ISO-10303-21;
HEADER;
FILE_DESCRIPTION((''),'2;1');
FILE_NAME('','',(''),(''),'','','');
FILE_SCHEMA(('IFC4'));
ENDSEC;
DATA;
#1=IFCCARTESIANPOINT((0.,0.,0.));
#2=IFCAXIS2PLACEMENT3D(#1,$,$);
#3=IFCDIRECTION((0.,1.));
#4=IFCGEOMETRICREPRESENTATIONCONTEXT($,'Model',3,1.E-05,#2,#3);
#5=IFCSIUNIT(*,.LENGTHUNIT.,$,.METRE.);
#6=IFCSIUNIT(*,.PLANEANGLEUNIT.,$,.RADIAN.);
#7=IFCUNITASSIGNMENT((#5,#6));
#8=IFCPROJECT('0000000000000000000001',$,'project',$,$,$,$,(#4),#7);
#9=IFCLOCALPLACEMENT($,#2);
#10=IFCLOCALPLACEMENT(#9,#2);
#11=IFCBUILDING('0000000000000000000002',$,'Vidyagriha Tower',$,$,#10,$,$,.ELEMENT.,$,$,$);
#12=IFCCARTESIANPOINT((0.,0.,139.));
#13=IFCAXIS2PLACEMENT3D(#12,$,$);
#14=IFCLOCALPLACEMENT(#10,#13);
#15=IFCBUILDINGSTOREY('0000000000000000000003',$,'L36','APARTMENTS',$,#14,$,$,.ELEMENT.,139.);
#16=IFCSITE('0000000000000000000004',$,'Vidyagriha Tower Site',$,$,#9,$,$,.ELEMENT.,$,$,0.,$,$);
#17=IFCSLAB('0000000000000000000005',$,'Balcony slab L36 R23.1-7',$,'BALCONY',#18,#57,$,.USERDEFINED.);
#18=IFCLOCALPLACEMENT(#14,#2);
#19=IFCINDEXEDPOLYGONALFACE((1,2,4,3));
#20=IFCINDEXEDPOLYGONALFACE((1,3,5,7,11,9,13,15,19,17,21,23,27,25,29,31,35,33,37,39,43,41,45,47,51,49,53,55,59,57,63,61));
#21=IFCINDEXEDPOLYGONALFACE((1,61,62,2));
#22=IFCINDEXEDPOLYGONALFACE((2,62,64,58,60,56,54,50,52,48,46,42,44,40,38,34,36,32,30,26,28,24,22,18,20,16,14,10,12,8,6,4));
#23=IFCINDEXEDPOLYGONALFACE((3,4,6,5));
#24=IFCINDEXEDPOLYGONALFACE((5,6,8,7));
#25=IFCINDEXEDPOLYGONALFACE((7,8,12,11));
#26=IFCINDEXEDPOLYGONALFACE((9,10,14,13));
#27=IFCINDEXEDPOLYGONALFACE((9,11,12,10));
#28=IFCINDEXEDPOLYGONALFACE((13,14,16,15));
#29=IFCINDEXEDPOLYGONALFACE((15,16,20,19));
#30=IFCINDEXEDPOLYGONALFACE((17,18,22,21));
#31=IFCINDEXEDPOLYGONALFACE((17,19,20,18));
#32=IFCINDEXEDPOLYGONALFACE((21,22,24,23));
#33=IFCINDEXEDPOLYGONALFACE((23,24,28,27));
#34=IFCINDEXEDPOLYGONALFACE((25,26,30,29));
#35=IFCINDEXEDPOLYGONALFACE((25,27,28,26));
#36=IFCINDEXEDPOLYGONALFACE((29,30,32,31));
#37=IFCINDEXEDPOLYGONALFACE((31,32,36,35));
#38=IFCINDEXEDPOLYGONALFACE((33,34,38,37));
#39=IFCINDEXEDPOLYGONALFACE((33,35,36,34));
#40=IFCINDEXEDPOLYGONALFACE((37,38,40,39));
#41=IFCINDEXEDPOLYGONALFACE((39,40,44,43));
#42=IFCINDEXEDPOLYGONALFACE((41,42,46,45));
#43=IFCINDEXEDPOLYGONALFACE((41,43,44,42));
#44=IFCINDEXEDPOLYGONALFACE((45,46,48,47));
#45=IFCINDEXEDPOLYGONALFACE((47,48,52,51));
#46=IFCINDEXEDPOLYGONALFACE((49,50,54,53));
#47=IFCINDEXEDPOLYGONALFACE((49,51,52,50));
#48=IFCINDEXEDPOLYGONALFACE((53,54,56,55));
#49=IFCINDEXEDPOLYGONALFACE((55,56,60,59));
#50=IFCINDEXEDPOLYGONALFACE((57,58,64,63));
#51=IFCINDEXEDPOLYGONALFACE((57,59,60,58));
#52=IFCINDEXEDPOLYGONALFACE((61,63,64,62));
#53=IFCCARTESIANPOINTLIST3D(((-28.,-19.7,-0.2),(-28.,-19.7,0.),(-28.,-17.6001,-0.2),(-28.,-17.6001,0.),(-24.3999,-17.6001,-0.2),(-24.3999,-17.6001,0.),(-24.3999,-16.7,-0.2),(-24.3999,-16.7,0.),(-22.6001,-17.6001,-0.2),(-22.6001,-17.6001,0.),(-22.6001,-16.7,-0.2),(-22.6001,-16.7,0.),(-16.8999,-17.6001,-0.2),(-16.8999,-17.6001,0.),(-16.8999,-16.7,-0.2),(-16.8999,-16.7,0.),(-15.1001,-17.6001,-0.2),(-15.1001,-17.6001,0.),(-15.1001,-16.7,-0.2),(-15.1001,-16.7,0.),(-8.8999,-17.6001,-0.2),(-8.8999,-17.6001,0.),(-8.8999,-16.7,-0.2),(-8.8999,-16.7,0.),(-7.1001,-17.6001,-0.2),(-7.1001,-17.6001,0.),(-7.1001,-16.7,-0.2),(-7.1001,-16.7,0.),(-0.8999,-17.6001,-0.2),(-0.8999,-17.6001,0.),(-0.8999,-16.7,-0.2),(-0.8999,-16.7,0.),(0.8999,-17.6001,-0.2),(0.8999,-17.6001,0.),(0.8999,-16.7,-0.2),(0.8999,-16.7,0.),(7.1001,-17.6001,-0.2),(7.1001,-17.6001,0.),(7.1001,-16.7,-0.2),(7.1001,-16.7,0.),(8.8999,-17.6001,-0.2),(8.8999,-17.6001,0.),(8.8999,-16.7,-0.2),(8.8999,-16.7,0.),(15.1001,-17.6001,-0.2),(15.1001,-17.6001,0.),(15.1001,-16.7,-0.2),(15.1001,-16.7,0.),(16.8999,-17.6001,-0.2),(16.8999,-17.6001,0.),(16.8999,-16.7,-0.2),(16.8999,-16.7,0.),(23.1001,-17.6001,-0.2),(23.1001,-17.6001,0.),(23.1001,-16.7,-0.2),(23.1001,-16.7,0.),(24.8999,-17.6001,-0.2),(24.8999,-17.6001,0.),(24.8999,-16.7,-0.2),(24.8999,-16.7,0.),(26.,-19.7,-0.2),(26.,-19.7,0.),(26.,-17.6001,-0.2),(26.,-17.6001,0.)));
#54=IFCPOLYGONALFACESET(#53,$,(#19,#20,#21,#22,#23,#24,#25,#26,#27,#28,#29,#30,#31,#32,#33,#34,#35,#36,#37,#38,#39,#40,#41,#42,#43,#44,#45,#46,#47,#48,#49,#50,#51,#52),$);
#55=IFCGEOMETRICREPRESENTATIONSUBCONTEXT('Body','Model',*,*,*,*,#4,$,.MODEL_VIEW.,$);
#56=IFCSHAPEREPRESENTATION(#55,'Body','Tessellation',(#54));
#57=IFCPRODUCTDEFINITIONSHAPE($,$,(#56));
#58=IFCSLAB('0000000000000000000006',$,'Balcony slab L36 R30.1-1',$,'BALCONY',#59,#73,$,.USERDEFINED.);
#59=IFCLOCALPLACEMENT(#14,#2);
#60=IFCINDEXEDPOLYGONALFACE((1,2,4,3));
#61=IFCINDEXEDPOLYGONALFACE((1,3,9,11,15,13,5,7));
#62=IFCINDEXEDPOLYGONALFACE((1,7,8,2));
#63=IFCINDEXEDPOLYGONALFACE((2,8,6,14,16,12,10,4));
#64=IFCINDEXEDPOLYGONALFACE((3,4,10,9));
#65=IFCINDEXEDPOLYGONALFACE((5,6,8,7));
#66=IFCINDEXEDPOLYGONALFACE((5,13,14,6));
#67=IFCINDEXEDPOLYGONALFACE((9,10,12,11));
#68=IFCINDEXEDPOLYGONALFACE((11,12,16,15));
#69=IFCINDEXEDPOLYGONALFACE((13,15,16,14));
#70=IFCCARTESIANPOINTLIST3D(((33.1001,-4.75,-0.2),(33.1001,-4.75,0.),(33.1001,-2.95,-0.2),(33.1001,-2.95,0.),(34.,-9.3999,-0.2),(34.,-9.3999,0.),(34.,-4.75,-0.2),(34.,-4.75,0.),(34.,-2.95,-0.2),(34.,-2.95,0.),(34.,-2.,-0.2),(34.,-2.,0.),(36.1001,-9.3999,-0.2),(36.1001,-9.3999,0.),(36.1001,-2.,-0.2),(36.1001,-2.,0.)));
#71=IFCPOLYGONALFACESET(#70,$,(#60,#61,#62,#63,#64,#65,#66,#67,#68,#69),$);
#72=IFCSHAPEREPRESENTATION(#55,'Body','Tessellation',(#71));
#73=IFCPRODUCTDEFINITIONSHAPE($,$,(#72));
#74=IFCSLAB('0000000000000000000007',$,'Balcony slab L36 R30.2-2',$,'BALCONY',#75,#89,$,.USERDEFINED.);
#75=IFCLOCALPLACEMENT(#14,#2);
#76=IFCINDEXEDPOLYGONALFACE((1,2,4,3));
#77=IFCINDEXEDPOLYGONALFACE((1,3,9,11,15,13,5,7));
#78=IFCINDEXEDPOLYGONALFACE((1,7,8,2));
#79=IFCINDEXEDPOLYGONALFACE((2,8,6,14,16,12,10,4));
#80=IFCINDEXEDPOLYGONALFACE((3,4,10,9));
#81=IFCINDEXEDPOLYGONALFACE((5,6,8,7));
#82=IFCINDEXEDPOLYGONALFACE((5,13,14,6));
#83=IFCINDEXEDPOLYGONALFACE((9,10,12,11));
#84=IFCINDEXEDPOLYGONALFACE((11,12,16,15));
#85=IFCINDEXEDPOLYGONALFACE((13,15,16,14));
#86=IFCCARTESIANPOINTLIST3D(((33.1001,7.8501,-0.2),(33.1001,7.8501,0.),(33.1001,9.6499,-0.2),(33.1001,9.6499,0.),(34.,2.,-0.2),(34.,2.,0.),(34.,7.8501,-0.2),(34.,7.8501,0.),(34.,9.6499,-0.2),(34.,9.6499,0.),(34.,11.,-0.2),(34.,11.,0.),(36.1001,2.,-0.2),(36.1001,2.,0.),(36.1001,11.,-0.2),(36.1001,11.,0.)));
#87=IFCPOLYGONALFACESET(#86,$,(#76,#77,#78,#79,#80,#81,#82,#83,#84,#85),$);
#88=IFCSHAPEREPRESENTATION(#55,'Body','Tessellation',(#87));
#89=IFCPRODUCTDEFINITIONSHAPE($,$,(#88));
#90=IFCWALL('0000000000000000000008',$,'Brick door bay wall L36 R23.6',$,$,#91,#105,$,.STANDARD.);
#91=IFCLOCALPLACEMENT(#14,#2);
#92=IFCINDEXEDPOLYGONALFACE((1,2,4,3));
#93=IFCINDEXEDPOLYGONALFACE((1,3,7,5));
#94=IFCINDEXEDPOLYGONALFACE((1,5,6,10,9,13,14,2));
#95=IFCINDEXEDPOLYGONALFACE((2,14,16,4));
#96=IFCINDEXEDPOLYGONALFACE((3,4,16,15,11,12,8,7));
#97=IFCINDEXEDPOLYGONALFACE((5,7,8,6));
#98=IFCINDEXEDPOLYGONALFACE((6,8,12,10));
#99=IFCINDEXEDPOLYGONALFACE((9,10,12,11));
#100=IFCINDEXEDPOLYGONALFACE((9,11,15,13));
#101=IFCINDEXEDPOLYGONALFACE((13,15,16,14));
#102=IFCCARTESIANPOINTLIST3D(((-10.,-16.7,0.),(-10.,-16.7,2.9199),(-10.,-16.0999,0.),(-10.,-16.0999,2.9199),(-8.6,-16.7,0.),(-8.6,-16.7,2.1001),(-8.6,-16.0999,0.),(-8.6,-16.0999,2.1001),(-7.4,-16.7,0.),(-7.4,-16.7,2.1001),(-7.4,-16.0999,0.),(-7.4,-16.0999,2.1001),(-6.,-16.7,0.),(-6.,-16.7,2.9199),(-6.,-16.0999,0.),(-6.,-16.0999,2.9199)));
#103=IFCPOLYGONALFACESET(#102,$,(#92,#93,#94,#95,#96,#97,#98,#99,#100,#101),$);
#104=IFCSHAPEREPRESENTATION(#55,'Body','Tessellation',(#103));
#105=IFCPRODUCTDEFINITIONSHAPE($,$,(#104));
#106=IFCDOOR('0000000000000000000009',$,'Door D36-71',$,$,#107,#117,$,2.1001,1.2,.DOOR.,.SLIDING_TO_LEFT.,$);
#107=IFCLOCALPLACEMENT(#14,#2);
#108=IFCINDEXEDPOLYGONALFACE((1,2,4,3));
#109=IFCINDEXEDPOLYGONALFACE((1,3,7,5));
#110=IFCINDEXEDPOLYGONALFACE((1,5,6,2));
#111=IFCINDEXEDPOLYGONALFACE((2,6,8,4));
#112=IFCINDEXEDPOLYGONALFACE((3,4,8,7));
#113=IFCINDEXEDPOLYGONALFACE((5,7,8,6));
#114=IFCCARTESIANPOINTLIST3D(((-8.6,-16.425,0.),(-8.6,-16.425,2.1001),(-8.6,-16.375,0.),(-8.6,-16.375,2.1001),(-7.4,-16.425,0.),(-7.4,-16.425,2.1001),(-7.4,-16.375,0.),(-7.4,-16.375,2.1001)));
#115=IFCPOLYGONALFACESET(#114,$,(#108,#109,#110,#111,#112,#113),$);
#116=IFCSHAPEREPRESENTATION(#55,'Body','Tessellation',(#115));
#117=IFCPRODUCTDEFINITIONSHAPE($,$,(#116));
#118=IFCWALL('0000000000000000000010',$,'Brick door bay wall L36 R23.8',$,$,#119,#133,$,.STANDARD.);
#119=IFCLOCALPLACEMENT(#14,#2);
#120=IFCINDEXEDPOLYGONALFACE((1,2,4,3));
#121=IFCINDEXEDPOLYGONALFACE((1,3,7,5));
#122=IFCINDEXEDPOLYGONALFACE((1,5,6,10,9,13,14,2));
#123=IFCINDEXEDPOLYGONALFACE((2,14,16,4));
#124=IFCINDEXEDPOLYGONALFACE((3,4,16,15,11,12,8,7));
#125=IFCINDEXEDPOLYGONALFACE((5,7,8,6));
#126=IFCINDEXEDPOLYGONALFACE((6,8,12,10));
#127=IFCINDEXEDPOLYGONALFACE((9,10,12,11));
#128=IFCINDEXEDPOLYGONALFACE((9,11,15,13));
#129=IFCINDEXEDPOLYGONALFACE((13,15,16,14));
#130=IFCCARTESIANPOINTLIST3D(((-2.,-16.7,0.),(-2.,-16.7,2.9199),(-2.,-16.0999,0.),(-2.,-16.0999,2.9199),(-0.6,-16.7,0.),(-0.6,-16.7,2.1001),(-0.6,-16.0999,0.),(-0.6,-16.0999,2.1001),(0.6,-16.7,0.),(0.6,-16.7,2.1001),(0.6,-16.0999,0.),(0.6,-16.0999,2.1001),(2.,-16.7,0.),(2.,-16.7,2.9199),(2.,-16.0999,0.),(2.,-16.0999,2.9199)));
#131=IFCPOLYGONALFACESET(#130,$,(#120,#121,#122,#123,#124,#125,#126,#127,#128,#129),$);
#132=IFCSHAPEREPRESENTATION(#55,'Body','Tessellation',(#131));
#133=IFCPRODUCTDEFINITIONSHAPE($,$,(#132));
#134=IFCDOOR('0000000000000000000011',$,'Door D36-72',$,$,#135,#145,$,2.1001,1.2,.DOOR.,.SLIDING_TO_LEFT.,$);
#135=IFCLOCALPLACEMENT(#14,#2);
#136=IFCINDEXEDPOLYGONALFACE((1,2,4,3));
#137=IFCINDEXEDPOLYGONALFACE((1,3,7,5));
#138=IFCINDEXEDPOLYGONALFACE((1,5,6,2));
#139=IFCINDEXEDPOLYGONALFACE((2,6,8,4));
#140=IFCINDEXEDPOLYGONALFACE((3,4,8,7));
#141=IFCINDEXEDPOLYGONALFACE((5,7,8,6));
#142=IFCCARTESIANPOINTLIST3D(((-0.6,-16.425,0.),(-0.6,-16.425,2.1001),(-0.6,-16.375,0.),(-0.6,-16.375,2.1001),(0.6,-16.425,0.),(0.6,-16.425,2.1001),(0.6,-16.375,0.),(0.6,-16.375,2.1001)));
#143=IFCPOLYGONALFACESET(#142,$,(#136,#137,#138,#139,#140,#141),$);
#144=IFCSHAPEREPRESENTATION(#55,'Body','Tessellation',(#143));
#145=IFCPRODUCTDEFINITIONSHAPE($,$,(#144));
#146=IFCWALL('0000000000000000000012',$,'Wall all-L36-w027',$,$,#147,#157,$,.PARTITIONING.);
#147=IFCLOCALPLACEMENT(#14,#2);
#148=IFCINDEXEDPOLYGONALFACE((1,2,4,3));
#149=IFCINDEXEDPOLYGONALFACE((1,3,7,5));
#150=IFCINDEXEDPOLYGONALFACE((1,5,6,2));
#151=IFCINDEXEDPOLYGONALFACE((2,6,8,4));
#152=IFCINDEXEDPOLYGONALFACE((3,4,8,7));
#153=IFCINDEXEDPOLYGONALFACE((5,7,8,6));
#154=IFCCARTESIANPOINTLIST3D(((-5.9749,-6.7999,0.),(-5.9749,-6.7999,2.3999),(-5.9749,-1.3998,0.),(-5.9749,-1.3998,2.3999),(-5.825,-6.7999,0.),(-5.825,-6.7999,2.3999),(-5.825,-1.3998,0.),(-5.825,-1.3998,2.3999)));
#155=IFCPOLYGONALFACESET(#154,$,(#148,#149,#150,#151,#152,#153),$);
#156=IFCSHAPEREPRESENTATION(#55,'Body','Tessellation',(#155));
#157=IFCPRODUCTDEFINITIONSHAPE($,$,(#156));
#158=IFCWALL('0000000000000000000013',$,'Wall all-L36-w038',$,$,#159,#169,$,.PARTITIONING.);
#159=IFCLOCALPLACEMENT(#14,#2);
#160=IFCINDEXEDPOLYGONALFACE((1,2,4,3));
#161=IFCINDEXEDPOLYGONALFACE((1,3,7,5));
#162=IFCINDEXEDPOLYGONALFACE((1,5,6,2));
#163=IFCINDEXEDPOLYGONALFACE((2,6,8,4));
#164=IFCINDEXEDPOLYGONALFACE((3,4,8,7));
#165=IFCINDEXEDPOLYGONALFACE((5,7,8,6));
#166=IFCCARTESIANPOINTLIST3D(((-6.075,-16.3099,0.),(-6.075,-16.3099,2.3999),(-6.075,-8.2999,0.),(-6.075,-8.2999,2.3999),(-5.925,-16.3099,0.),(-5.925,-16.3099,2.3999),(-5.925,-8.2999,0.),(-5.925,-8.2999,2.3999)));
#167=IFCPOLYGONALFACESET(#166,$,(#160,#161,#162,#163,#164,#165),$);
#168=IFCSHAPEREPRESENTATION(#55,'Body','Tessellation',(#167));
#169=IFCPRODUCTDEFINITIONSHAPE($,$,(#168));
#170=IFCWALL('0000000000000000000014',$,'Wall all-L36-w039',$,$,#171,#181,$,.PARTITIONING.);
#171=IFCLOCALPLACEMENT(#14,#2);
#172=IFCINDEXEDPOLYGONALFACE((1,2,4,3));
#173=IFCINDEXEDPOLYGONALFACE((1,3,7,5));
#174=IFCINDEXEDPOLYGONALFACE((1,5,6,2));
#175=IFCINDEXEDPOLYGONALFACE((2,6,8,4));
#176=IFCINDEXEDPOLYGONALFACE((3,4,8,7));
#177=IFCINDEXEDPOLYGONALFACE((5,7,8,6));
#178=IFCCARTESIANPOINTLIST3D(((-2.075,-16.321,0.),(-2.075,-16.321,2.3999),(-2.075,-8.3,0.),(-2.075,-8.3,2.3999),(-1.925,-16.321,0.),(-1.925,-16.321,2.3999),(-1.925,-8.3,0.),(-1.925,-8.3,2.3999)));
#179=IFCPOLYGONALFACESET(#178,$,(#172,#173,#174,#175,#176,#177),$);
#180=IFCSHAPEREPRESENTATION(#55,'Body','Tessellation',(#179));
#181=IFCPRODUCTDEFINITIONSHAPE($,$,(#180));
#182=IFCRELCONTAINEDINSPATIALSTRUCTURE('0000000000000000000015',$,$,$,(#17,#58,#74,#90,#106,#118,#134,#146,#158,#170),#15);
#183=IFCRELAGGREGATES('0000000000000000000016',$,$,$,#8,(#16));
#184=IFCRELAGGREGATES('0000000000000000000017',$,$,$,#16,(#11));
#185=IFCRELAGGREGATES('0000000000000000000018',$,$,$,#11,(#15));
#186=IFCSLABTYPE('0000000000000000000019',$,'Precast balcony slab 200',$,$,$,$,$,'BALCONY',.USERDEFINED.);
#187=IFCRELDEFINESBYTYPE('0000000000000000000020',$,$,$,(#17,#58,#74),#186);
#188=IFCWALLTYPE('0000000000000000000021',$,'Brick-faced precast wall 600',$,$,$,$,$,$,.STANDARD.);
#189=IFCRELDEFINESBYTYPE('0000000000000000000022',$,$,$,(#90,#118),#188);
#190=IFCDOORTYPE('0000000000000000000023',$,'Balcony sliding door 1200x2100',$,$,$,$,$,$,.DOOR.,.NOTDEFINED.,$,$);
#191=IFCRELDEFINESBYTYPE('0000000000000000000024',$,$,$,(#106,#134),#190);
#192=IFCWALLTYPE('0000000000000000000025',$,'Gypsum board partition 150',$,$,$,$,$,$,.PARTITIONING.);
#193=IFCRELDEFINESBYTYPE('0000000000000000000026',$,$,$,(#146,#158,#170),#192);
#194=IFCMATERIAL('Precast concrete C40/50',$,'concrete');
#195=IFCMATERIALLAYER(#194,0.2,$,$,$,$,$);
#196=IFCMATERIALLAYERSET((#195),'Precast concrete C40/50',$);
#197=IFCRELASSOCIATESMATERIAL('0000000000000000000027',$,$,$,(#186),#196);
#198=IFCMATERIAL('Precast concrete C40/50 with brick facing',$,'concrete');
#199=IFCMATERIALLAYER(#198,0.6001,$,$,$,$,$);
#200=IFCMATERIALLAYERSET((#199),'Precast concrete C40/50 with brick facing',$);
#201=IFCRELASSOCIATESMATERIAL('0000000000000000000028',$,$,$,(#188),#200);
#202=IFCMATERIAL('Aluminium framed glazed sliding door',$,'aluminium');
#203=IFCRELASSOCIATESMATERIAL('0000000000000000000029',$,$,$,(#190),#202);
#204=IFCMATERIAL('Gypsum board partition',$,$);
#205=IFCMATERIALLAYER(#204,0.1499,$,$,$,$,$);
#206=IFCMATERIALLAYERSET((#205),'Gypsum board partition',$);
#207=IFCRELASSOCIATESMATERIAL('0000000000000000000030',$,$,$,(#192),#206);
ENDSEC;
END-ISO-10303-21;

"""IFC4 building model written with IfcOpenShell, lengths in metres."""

from ifc_helpers import new_model, si_unit, direction, frame, frame_2d, origin, place, context, subcontext, project, spatial, polyline, rectangle, outline, extrude, material, layer, layer_set, type_object, element, fill, save


model = new_model("IFC4")

# Units and contexts
model_context = context("Model", 3, precision=1e-05, world=origin(), true_north=direction((0.0, 1.0)))
body_context = subcontext(model_context, "Body", "Model", "MODEL_VIEW")
ifc_project = project(units=[si_unit("LENGTHUNIT", "METRE"), si_unit("PLANEANGLEUNIT", "RADIAN")], contexts=[model_context])

# Site, building, storey
site_placement = place(None, origin())
site = spatial("IfcSite", under=ifc_project, at=site_placement, Name="Vidyagriha Tower Site", CompositionType="ELEMENT", RefElevation=0.0)
building_placement = place(site_placement, origin())
building = spatial("IfcBuilding", under=site, at=building_placement, Name="Vidyagriha Tower", CompositionType="ELEMENT")
storey_placement = place(building_placement, frame((0.0, 0.0, 139.0)))
storey = spatial("IfcBuildingStorey", under=building, at=storey_placement, Name="L36", Description="APARTMENTS", CompositionType="ELEMENT", Elevation=139.0)

# Slabs
ifc_material_1 = material(Name="Precast concrete C40/50", Category="concrete")
ifc_layer_1 = layer(ifc_material_1, 0.2)
ifc_layer_set_1 = layer_set([ifc_layer_1], Name="Precast concrete C40/50")
slab_type_1 = type_object("IfcSlabType", Name="Precast balcony slab 200", ElementType="BALCONY", PredefinedType="USERDEFINED", material=ifc_layer_set_1)
slab_1_placement = place(storey_placement, frame((0.0, 0.0, -0.2)))
element("IfcSlab", 1, at=slab_1_placement, inside=storey, type_object=slab_type_1, Name="Balcony slab L36 R23.1-7", ObjectType="BALCONY", PredefinedType="USERDEFINED", context=body_context, shape_type="SweptSolid", body=[
    extrude(outline(polyline([(-22.6001, -16.7), (-24.3999, -16.7), (-24.3999, -17.6001), (-28.0, -17.6001), (-28.0, -19.7), (26.0, -19.7), (26.0, -17.6001), (24.8999, -17.6001), (24.8999, -16.7), (23.1001, -16.7), (23.1001, -17.6001), (16.8999, -17.6001), (16.8999, -16.7), (15.1001, -16.7), (15.1001, -17.6001), (8.8999, -17.6001), (8.8999, -16.7), (7.1001, -16.7), (7.1001, -17.6001), (0.8999, -17.6001), (0.8999, -16.7), (-0.8999, -16.7), (-0.8999, -17.6001), (-7.1001, -17.6001), (-7.1001, -16.7), (-8.8999, -16.7), (-8.8999, -17.6001), (-15.1001, -17.6001), (-15.1001, -16.7), (-16.8999, -16.7), (-16.8999, -17.6001), (-22.6001, -17.6001), (-22.6001, -16.7)])), origin(), (0.0, 0.0, 1.0), 0.2),
])
slab_2_placement = place(storey_placement, frame((0.0, 0.0, -0.2)))
element("IfcSlab", 2, at=slab_2_placement, inside=storey, type_object=slab_type_1, Name="Balcony slab L36 R30.1-1", ObjectType="BALCONY", PredefinedType="USERDEFINED", context=body_context, shape_type="SweptSolid", body=[
    extrude(outline(polyline([(34.0, -4.75), (34.0, -9.3999), (36.1001, -9.3999), (36.1001, -2.0), (34.0, -2.0), (34.0, -2.95), (33.1001, -2.95), (33.1001, -4.75), (34.0, -4.75)])), origin(), (0.0, 0.0, 1.0), 0.2),
])
slab_3_placement = place(storey_placement, frame((0.0, 0.0, -0.2)))
element("IfcSlab", 3, at=slab_3_placement, inside=storey, type_object=slab_type_1, Name="Balcony slab L36 R30.2-2", ObjectType="BALCONY", PredefinedType="USERDEFINED", context=body_context, shape_type="SweptSolid", body=[
    extrude(outline(polyline([(34.0, 7.8501), (34.0, 2.0), (36.1001, 2.0), (36.1001, 11.0), (34.0, 11.0), (34.0, 9.6499), (33.1001, 9.6499), (33.1001, 7.8501), (34.0, 7.8501)])), origin(), (0.0, 0.0, 1.0), 0.2),
])

# Walls, openings, doors
ifc_material_2 = material(Name="Precast concrete C40/50 with brick facing", Category="concrete")
ifc_layer_2 = layer(ifc_material_2, 0.6001)
ifc_layer_set_2 = layer_set([ifc_layer_2], Name="Precast concrete C40/50 with brick facing")
wall_type_1 = type_object("IfcWallType", Name="Brick-faced precast wall 600", PredefinedType="STANDARD", material=ifc_layer_set_2)
wall_1_placement = place(storey_placement, frame((-10.0, -16.3999, 0.0)))
wall_1 = element("IfcWall", 4, at=wall_1_placement, inside=storey, type_object=wall_type_1, Name="Brick door bay wall L36 R23.6", PredefinedType="STANDARD", context=body_context, shape_type="SweptSolid", body=[
    extrude(rectangle(XDim=4.0, YDim=0.6001, at=frame_2d((2.0, 0.0))), origin(), (0.0, 0.0, 1.0), 2.9199),
])
opening_1_placement = place(wall_1_placement, frame((1.3999, 0.0, 0.0)))
opening_1 = element("IfcOpeningElement", 5, at=opening_1_placement, cuts=wall_1, PredefinedType="OPENING", context=body_context, shape_type="SweptSolid", body=[
    extrude(rectangle(XDim=1.2, YDim=2.1001, at=frame_2d((0.6001, 1.05))), frame((0.0, 0.3101, 0.0), z_axis=(0.0, -1.0, 0.0), x_axis=(1.0, 0.0, 0.0)), (0.0, 0.0, 1.0), 0.6201),
])
ifc_material_3 = material(Name="Aluminium framed glazed sliding door", Category="aluminium")
door_type = type_object("IfcDoorType", Name="Balcony sliding door 1200x2100", OperationType="NOTDEFINED", PredefinedType="DOOR", material=ifc_material_3)
door_1_placement = place(opening_1_placement, origin())
door_1 = element("IfcDoor", 6, at=door_1_placement, inside=storey, type_object=door_type, Name="Door D36-71", OperationType="SLIDING_TO_LEFT", OverallHeight=2.1001, OverallWidth=1.2, PredefinedType="DOOR", context=body_context, shape_type="SweptSolid", body=[
    extrude(rectangle(XDim=1.2, YDim=2.1001, at=frame_2d((0.6001, 1.05))), frame((0.0, 0.0249, 0.0), z_axis=(0.0, -1.0, 0.0), x_axis=(1.0, 0.0, 0.0)), (0.0, 0.0, 1.0), 0.05),
])
fill(opening_1, door_1)
wall_2_placement = place(storey_placement, frame((-2.0, -16.3999, 0.0)))
wall_2 = element("IfcWall", 7, at=wall_2_placement, inside=storey, type_object=wall_type_1, Name="Brick door bay wall L36 R23.8", PredefinedType="STANDARD", context=body_context, shape_type="SweptSolid", body=[
    extrude(rectangle(XDim=4.0, YDim=0.6001, at=frame_2d((2.0, 0.0))), origin(), (0.0, 0.0, 1.0), 2.9199),
])
opening_2_placement = place(wall_2_placement, frame((1.3999, 0.0, 0.0)))
opening_2 = element("IfcOpeningElement", 8, at=opening_2_placement, cuts=wall_2, PredefinedType="OPENING", context=body_context, shape_type="SweptSolid", body=[
    extrude(rectangle(XDim=1.2, YDim=2.1001, at=frame_2d((0.6001, 1.05))), frame((0.0, 0.3101, 0.0), z_axis=(0.0, -1.0, 0.0), x_axis=(1.0, 0.0, 0.0)), (0.0, 0.0, 1.0), 0.6201),
])
door_2_placement = place(opening_2_placement, origin())
door_2 = element("IfcDoor", 9, at=door_2_placement, inside=storey, type_object=door_type, Name="Door D36-72", OperationType="SLIDING_TO_LEFT", OverallHeight=2.1001, OverallWidth=1.2, PredefinedType="DOOR", context=body_context, shape_type="SweptSolid", body=[
    extrude(rectangle(XDim=1.2, YDim=2.1001, at=frame_2d((0.6001, 1.05))), frame((0.0, 0.0249, 0.0), z_axis=(0.0, -1.0, 0.0), x_axis=(1.0, 0.0, 0.0)), (0.0, 0.0, 1.0), 0.05),
])
fill(opening_2, door_2)

# Walls
ifc_material_4 = material(Name="Gypsum board partition")
ifc_layer_3 = layer(ifc_material_4, 0.1499)
ifc_layer_set_3 = layer_set([ifc_layer_3], Name="Gypsum board partition")
wall_type_2 = type_object("IfcWallType", Name="Gypsum board partition 150", PredefinedType="PARTITIONING", material=ifc_layer_set_3)
wall_3_placement = place(storey_placement, frame((-5.8999, -6.8, 0.0), z_axis=(0.0, 0.0, 1.0), x_axis=(0.0, 1.0, 0.0)))
element("IfcWall", 10, at=wall_3_placement, inside=storey, type_object=wall_type_2, Name="Wall all-L36-w027", PredefinedType="PARTITIONING", context=body_context, shape_type="SweptSolid", body=[
    extrude(rectangle(XDim=5.4001, YDim=0.1499, at=frame_2d((2.7002, 0.0))), origin(), (0.0, 0.0, 1.0), 2.3999),
])
wall_4_placement = place(storey_placement, frame((-6.0, -8.3, 0.0), z_axis=(0.0, 0.0, 1.0), x_axis=(0.0, -1.0, 0.0)))
element("IfcWall", 11, at=wall_4_placement, inside=storey, type_object=wall_type_2, Name="Wall all-L36-w038", PredefinedType="PARTITIONING", context=body_context, shape_type="SweptSolid", body=[
    extrude(rectangle(XDim=8.01, YDim=0.1499, at=frame_2d((4.0049, 0.0))), origin(), (0.0, 0.0, 1.0), 2.3999),
])
wall_5_placement = place(storey_placement, frame((-2.0, -8.3, 0.0), z_axis=(0.0, 0.0, 1.0), x_axis=(0.0, -1.0, 0.0)))
element("IfcWall", 12, at=wall_5_placement, inside=storey, type_object=wall_type_2, Name="Wall all-L36-w039", PredefinedType="PARTITIONING", context=body_context, shape_type="SweptSolid", body=[
    extrude(rectangle(XDim=8.021, YDim=0.1499, at=frame_2d((4.0105, 0.0))), origin(), (0.0, 0.0, 1.0), 2.3999),
])

save(model, "model.ifc")
